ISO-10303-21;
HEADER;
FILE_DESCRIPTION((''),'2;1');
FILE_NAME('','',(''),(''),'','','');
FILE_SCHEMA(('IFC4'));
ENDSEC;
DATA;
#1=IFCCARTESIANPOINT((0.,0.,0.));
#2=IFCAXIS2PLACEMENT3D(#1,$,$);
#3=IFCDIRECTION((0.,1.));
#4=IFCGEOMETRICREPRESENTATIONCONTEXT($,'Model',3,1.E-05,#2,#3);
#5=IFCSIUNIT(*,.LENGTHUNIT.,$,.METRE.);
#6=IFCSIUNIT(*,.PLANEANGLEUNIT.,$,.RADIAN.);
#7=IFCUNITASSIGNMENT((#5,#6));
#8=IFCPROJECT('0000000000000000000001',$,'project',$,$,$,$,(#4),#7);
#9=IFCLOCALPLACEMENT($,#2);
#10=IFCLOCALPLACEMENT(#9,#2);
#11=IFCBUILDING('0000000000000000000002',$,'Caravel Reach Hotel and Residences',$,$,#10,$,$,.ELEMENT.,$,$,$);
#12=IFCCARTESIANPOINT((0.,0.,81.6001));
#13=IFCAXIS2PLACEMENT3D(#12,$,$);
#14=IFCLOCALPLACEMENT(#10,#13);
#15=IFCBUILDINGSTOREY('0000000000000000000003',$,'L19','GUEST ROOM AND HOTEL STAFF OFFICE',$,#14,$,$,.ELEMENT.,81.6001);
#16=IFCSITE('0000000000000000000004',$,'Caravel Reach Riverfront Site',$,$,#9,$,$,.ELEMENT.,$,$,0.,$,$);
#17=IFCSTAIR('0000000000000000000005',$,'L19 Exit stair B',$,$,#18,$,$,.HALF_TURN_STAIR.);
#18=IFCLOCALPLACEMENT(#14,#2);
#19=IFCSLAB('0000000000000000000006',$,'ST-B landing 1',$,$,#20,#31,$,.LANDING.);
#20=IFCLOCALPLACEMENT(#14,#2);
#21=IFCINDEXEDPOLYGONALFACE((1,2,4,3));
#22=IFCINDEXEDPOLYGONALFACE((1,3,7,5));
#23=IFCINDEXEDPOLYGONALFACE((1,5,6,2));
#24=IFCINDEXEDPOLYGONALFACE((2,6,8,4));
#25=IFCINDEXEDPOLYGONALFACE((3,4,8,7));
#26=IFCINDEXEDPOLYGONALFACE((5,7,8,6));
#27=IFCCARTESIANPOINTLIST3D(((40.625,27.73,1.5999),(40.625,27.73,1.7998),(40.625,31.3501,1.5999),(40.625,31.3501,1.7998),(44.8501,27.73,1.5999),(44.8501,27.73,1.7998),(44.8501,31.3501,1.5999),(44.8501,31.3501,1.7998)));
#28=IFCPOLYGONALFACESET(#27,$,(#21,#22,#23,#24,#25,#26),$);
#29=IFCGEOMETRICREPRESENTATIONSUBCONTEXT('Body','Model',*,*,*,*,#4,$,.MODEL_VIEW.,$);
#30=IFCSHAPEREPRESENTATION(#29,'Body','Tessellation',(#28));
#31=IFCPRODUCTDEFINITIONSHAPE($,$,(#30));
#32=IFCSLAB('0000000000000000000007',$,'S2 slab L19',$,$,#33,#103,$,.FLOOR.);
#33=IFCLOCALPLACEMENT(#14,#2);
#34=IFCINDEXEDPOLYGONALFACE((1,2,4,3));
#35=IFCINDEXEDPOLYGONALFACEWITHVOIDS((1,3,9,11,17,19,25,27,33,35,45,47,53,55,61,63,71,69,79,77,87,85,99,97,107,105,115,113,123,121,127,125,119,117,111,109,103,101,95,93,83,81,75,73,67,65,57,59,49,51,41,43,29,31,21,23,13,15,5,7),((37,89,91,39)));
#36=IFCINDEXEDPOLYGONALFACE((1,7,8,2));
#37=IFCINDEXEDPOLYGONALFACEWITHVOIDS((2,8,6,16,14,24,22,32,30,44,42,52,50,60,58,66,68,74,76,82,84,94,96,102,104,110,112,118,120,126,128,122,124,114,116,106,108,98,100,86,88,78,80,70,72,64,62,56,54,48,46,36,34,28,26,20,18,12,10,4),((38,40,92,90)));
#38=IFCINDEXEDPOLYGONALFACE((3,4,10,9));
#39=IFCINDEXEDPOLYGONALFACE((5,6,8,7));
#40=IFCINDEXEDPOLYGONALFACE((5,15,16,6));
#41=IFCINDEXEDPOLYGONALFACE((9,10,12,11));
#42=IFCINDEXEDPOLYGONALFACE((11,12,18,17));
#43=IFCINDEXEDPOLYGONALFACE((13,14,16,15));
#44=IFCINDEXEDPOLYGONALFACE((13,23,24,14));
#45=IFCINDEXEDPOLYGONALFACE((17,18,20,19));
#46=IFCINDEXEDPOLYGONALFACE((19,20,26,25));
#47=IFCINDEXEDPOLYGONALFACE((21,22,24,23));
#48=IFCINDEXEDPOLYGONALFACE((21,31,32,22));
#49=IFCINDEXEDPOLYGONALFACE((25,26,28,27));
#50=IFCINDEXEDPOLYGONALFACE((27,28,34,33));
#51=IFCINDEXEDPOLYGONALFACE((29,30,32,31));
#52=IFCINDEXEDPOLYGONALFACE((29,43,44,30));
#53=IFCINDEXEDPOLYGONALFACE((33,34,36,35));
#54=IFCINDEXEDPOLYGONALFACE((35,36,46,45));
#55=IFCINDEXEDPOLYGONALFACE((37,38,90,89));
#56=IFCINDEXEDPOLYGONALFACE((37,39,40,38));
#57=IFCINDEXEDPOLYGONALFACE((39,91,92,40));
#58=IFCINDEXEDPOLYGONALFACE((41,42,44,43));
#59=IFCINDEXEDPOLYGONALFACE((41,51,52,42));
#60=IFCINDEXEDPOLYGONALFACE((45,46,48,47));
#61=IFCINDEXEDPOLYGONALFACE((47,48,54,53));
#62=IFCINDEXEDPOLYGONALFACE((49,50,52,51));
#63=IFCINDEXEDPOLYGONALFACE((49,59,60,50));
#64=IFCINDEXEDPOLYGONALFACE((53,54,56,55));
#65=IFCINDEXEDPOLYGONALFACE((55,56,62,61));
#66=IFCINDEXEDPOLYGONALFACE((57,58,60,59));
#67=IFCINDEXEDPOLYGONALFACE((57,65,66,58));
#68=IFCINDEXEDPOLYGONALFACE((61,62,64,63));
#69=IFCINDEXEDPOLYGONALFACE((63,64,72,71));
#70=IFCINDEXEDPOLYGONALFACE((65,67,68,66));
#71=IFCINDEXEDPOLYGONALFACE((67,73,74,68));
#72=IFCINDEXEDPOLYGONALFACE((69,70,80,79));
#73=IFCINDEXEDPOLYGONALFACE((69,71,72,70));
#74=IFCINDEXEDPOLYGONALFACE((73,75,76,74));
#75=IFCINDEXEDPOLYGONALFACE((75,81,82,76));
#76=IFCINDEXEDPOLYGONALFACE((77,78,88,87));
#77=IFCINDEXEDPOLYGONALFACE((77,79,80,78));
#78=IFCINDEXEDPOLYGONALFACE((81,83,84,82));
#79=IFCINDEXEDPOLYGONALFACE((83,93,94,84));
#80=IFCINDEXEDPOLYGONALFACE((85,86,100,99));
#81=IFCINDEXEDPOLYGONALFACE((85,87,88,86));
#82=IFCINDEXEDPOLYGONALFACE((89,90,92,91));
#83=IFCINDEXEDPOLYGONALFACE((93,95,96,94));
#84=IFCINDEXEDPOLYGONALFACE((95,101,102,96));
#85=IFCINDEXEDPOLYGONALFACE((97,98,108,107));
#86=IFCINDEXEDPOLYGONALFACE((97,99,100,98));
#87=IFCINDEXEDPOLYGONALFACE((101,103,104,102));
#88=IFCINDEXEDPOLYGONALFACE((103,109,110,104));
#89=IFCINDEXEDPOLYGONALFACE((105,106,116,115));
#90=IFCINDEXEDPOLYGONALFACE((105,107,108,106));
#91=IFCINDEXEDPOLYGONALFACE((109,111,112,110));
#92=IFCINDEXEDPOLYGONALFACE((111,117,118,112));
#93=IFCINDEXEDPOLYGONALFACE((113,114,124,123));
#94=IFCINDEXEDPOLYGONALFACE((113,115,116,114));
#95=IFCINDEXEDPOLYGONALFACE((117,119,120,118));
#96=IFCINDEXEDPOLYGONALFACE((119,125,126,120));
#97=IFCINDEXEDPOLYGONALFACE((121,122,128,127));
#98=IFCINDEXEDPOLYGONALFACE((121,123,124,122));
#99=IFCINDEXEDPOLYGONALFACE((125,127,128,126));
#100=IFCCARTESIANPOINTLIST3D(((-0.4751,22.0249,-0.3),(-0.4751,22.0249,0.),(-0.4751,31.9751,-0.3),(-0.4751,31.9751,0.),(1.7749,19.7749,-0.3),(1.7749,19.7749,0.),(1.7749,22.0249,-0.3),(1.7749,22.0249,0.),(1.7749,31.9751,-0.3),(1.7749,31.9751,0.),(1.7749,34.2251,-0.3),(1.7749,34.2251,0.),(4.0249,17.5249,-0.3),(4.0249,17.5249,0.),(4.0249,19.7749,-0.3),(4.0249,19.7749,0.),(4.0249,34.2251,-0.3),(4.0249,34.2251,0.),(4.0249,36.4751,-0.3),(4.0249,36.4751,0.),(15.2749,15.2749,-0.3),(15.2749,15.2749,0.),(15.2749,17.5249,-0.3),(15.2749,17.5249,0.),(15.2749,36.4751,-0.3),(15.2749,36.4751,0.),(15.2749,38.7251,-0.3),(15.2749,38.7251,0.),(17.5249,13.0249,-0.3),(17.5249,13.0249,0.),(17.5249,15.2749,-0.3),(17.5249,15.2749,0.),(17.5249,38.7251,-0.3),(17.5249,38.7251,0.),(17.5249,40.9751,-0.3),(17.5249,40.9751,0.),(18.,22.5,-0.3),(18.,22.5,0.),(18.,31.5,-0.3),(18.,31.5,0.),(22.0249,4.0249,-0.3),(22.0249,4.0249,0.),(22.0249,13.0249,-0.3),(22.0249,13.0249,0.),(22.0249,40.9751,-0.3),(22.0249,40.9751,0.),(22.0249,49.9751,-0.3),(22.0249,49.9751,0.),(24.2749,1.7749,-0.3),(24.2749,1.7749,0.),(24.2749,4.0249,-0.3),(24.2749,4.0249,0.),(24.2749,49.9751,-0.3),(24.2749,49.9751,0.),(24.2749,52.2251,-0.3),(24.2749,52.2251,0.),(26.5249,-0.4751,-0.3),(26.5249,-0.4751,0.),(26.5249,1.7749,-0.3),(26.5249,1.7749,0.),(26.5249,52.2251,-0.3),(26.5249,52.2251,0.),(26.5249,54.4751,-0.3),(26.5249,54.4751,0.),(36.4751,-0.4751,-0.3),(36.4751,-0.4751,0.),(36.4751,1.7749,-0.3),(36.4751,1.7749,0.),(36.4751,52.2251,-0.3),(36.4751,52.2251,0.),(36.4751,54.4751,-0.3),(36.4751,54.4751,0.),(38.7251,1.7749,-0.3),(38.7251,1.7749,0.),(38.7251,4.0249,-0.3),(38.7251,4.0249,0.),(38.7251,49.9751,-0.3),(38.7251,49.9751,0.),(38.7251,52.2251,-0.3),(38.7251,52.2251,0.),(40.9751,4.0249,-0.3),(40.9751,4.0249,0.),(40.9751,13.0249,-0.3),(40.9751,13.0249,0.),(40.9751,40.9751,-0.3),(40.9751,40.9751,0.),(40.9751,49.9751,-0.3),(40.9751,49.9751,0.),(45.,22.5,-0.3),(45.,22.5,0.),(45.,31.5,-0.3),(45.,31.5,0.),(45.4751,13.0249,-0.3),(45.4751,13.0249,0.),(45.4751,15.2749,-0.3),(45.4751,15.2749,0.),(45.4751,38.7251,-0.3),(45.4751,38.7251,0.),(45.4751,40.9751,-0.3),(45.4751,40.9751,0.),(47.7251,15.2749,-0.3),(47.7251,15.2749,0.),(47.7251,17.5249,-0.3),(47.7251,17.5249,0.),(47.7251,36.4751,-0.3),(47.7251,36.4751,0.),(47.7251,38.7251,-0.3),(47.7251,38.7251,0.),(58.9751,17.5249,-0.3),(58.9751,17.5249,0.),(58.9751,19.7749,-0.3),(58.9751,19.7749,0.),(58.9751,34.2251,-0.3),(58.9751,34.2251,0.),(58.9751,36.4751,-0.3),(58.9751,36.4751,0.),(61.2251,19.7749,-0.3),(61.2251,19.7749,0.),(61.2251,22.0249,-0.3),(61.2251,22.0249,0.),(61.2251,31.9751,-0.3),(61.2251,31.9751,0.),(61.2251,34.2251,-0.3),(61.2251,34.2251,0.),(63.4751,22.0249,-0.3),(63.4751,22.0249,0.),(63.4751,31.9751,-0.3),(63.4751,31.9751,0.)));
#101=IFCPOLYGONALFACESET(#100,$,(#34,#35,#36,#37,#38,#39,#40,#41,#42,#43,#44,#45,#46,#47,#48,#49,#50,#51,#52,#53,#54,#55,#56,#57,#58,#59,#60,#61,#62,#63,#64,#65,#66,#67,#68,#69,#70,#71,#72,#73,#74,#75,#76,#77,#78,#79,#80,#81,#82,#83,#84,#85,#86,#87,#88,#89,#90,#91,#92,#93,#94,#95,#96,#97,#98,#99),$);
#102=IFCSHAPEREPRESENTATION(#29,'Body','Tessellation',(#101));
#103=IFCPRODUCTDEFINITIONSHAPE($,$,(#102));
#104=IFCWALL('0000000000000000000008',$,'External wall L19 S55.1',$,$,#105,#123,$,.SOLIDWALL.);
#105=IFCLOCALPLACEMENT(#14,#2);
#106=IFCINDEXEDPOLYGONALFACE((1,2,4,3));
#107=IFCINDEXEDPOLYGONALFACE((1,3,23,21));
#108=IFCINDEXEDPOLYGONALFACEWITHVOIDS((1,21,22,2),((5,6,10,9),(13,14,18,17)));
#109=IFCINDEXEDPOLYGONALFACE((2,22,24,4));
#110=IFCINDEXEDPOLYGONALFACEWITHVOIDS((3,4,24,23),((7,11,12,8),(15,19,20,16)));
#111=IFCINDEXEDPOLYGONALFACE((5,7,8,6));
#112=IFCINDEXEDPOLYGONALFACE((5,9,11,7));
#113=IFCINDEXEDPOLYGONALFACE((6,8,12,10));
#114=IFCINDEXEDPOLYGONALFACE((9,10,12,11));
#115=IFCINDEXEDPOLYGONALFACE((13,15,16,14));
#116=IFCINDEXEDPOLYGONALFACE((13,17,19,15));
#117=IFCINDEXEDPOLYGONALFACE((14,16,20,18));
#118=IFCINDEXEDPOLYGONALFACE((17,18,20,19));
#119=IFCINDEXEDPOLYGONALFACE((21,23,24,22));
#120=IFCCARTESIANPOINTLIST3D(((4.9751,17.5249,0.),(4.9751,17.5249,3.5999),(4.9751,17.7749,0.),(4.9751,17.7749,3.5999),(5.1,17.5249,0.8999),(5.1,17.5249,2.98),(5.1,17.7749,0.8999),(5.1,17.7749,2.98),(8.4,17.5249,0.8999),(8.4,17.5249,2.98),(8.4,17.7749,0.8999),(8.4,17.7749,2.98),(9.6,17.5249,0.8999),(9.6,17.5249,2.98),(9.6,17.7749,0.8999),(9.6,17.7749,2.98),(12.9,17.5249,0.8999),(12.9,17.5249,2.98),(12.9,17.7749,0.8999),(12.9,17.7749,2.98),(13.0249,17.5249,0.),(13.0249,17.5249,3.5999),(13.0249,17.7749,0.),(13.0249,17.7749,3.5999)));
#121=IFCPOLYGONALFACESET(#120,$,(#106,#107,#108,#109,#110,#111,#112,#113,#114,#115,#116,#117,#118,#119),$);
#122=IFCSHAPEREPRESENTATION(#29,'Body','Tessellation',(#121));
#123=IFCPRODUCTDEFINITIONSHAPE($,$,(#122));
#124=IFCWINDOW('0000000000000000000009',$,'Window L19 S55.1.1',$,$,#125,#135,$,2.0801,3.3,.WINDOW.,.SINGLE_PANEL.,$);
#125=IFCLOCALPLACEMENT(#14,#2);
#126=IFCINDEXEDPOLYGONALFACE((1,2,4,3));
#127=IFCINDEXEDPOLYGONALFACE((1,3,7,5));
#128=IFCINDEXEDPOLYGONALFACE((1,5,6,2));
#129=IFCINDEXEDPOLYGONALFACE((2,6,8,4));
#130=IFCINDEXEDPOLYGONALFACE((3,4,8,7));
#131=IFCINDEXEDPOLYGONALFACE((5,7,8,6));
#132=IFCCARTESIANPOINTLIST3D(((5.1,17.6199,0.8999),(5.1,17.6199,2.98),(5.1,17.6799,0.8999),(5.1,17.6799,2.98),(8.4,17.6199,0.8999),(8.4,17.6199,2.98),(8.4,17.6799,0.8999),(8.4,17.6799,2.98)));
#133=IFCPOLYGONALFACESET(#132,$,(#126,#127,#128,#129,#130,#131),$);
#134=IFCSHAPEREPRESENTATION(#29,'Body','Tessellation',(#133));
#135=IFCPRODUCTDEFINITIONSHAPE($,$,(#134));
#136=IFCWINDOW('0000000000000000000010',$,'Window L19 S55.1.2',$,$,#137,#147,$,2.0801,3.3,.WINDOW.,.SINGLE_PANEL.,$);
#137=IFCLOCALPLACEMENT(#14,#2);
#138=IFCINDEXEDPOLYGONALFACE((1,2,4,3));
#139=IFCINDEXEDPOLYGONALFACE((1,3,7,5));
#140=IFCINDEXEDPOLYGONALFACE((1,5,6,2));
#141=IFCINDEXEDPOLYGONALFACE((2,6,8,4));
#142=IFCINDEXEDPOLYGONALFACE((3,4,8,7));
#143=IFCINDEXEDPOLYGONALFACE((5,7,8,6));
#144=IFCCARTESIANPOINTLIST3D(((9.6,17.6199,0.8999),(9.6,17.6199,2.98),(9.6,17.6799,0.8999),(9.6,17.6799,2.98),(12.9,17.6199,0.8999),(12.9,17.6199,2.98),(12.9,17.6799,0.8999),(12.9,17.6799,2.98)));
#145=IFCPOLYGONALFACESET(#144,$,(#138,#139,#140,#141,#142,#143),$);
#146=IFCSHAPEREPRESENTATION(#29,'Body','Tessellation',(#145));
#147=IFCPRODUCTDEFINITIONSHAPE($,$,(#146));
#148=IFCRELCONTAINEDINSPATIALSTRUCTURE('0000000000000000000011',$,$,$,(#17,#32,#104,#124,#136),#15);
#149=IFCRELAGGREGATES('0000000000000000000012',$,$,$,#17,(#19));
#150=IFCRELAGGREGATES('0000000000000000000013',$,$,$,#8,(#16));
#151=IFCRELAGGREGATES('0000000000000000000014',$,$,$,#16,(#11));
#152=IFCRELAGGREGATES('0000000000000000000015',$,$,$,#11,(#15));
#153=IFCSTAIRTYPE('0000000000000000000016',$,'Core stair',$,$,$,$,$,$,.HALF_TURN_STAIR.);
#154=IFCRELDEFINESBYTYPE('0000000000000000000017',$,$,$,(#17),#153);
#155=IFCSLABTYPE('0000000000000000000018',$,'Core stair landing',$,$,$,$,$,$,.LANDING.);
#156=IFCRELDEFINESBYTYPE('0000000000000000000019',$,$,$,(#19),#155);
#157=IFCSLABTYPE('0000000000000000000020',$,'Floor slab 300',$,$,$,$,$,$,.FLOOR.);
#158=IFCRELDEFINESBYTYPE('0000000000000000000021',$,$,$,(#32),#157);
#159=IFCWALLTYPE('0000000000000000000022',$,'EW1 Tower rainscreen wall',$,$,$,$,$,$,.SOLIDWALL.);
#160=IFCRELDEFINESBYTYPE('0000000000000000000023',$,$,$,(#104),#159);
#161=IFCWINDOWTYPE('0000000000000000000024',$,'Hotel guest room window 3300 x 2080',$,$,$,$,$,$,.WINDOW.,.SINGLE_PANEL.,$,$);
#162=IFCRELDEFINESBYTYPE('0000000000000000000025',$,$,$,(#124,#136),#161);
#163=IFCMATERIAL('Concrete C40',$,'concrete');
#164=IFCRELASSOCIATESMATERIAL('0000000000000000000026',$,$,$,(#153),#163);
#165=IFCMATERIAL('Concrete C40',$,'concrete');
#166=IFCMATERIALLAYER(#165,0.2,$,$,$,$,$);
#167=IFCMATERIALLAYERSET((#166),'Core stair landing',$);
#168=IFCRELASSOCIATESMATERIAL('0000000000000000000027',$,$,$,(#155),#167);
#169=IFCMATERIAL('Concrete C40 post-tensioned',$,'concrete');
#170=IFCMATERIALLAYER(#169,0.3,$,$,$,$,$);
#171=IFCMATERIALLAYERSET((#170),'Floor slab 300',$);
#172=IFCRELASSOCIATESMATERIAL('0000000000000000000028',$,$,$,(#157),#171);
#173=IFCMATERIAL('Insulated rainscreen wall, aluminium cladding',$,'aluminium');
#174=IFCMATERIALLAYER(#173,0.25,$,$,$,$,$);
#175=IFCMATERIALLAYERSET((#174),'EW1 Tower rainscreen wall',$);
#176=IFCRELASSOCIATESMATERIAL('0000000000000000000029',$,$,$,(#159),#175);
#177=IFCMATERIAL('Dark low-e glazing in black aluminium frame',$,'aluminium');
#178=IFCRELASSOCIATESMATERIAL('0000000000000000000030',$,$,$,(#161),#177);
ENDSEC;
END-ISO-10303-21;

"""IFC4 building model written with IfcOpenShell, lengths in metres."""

from ifc_helpers import new_model, si_unit, direction, frame, frame_2d, origin, place, context, subcontext, project, spatial, polyline, rectangle, outline, extrude, material, layer, layer_set, type_object, element, fill, aggregate, save


model = new_model("IFC4")

# Units and contexts
model_context = context("Model", 3, precision=1e-05, world=origin(), true_north=direction((0.0, 1.0)))
body_context = subcontext(model_context, "Body", "Model", "MODEL_VIEW")
ifc_project = project(units=[si_unit("LENGTHUNIT", "METRE"), si_unit("PLANEANGLEUNIT", "RADIAN")], contexts=[model_context])

# Site, building, storey
site_placement = place(None, origin())
site = spatial("IfcSite", under=ifc_project, at=site_placement, Name="Caravel Reach Riverfront Site", CompositionType="ELEMENT", RefElevation=0.0)
building_placement = place(site_placement, origin())
building = spatial("IfcBuilding", under=site, at=building_placement, Name="Caravel Reach Hotel and Residences", CompositionType="ELEMENT")
storey_placement = place(building_placement, frame((0.0, 0.0, 81.6001)))
storey = spatial("IfcBuildingStorey", under=building, at=storey_placement, Name="L19", Description="GUEST ROOM AND HOTEL STAFF OFFICE", CompositionType="ELEMENT", Elevation=81.6001)

# Stair, slab
ifc_material_1 = material(Name="Concrete C40", Category="concrete")
stair_type = type_object("IfcStairType", Name="Core stair", PredefinedType="HALF_TURN_STAIR", material=ifc_material_1)
ifc_material_2 = material(Name="Concrete C40", Category="concrete")
ifc_layer_1 = layer(ifc_material_2, 0.2)
ifc_layer_set_1 = layer_set([ifc_layer_1], Name="Core stair landing")
slab_type_1 = type_object("IfcSlabType", Name="Core stair landing", PredefinedType="LANDING", material=ifc_layer_set_1)
stair_1_placement = place(storey_placement, origin())
stair_1 = element("IfcStair", 1, at=stair_1_placement, inside=storey, type_object=stair_type, Name="L19 Exit stair B", PredefinedType="HALF_TURN_STAIR")
slab_1_placement = place(storey_placement, frame((0.0, 0.0, 1.5999)))
slab_1 = element("IfcSlab", 2, at=slab_1_placement, type_object=slab_type_1, Name="ST-B landing 1", PredefinedType="LANDING", context=body_context, shape_type="SweptSolid", body=[
    extrude(outline(polyline([(44.8501, 27.73), (44.8501, 31.3501), (40.625, 31.3501), (40.625, 27.73), (44.8501, 27.73)])), origin(), (0.0, 0.0, 1.0), 0.2),
])
aggregate(stair_1, [slab_1])

# Slab
ifc_material_3 = material(Name="Concrete C40 post-tensioned", Category="concrete")
ifc_layer_2 = layer(ifc_material_3, 0.3)
ifc_layer_set_2 = layer_set([ifc_layer_2], Name="Floor slab 300")
slab_type_2 = type_object("IfcSlabType", Name="Floor slab 300", PredefinedType="FLOOR", material=ifc_layer_set_2)
slab_2_placement = place(storey_placement, frame((0.0, 0.0, -0.3)))
element("IfcSlab", 3, at=slab_2_placement, inside=storey, type_object=slab_type_2, Name="S2 slab L19", PredefinedType="FLOOR", context=body_context, shape_type="SweptSolid", body=[
    extrude(outline(polyline([(17.5249, 13.0249), (17.5249, 15.2749), (15.2749, 15.2749), (15.2749, 17.5249), (4.0249, 17.5249), (4.0249, 19.7749), (1.7749, 19.7749), (1.7749, 22.0249), (-0.4751, 22.0249), (-0.4751, 31.9751), (1.7749, 31.9751), (1.7749, 34.2251), (4.0249, 34.2251), (4.0249, 36.4751), (15.2749, 36.4751), (15.2749, 38.7251), (17.5249, 38.7251), (17.5249, 40.9751), (22.0249, 40.9751), (22.0249, 49.9751), (24.2749, 49.9751), (24.2749, 52.2251), (26.5249, 52.2251), (26.5249, 54.4751), (36.4751, 54.4751), (36.4751, 52.2251), (38.7251, 52.2251), (38.7251, 49.9751), (40.9751, 49.9751), (40.9751, 40.9751), (45.4751, 40.9751), (45.4751, 38.7251), (47.7251, 38.7251), (47.7251, 36.4751), (58.9751, 36.4751), (58.9751, 34.2251), (61.2251, 34.2251), (61.2251, 31.9751), (63.4751, 31.9751), (63.4751, 22.0249), (61.2251, 22.0249), (61.2251, 19.7749), (58.9751, 19.7749), (58.9751, 17.5249), (47.7251, 17.5249), (47.7251, 15.2749), (45.4751, 15.2749), (45.4751, 13.0249), (40.9751, 13.0249), (40.9751, 4.0249), (38.7251, 4.0249), (38.7251, 1.7749), (36.4751, 1.7749), (36.4751, -0.4751), (26.5249, -0.4751), (26.5249, 1.7749), (24.2749, 1.7749), (24.2749, 4.0249), (22.0249, 4.0249), (22.0249, 13.0249), (17.5249, 13.0249)]), holes=[polyline([(45.0, 31.5), (18.0, 31.5), (18.0, 22.5), (45.0, 22.5), (45.0, 31.5)])]), origin(), (0.0, 0.0, 1.0), 0.3),
])

# Wall, openings, windows
ifc_material_4 = material(Name="Insulated rainscreen wall, aluminium cladding", Category="aluminium")
ifc_layer_3 = layer(ifc_material_4, 0.25)
ifc_layer_set_3 = layer_set([ifc_layer_3], Name="EW1 Tower rainscreen wall")
wall_type_1 = type_object("IfcWallType", Name="EW1 Tower rainscreen wall", PredefinedType="SOLIDWALL", material=ifc_layer_set_3)
wall_1_placement = place(storey_placement, frame((4.9751, 17.6499, 0.0), z_axis=(0.0, 0.0, 1.0), x_axis=(1.0, 0.0, 0.0)))
wall_1 = element("IfcWall", 4, at=wall_1_placement, inside=storey, type_object=wall_type_1, Name="External wall L19 S55.1", PredefinedType="SOLIDWALL", context=body_context, shape_type="SweptSolid", body=[
    extrude(rectangle(XDim=8.0498, YDim=0.25, at=frame_2d((4.0249, 0.0))), origin(), (0.0, 0.0, 1.0), 3.5999),
])
opening_1_placement = place(wall_1_placement, frame((0.125, 0.0, 0.8999)))
opening_1 = element("IfcOpeningElement", 5, at=opening_1_placement, cuts=wall_1, PredefinedType="OPENING", context=body_context, shape_type="SweptSolid", body=[
    extrude(rectangle(XDim=3.3, YDim=2.0801, at=frame_2d((1.6499, 1.04))), frame((0.0, 0.135, 0.0), z_axis=(0.0, -1.0, 0.0), x_axis=(1.0, 0.0, 0.0)), (0.0, 0.0, 1.0), 0.27),
])
opening_2_placement = place(wall_1_placement, frame((4.625, 0.0, 0.8999)))
opening_2 = element("IfcOpeningElement", 6, at=opening_2_placement, cuts=wall_1, PredefinedType="OPENING", context=body_context, shape_type="SweptSolid", body=[
    extrude(rectangle(XDim=3.3, YDim=2.0801, at=frame_2d((1.6499, 1.04))), frame((0.0, 0.135, 0.0), z_axis=(0.0, -1.0, 0.0), x_axis=(1.0, 0.0, 0.0)), (0.0, 0.0, 1.0), 0.27),
])
ifc_material_5 = material(Name="Dark low-e glazing in black aluminium frame", Category="aluminium")
window_type_1 = type_object("IfcWindowType", Name="Hotel guest room window 3300 x 2080", PartitioningType="SINGLE_PANEL", PredefinedType="WINDOW", material=ifc_material_5)
window_1_placement = place(opening_1_placement, origin())
window_1 = element("IfcWindow", 7, at=window_1_placement, inside=storey, type_object=window_type_1, Name="Window L19 S55.1.1", OverallHeight=2.0801, OverallWidth=3.3, PartitioningType="SINGLE_PANEL", PredefinedType="WINDOW", context=body_context, shape_type="SweptSolid", body=[
    extrude(rectangle(XDim=3.3, YDim=2.0801, at=frame_2d((1.6499, 1.04))), frame((0.0, 0.03, 0.0), z_axis=(0.0, -1.0, 0.0), x_axis=(1.0, 0.0, 0.0)), (0.0, 0.0, 1.0), 0.0601),
])
fill(opening_1, window_1)
window_2_placement = place(opening_2_placement, origin())
window_2 = element("IfcWindow", 8, at=window_2_placement, inside=storey, type_object=window_type_1, Name="Window L19 S55.1.2", OverallHeight=2.0801, OverallWidth=3.3, PartitioningType="SINGLE_PANEL", PredefinedType="WINDOW", context=body_context, shape_type="SweptSolid", body=[
    extrude(rectangle(XDim=3.3, YDim=2.0801, at=frame_2d((1.6499, 1.04))), frame((0.0, 0.03, 0.0), z_axis=(0.0, -1.0, 0.0), x_axis=(1.0, 0.0, 0.0)), (0.0, 0.0, 1.0), 0.0601),
])
fill(opening_2, window_2)

save(model, "model.ifc")
